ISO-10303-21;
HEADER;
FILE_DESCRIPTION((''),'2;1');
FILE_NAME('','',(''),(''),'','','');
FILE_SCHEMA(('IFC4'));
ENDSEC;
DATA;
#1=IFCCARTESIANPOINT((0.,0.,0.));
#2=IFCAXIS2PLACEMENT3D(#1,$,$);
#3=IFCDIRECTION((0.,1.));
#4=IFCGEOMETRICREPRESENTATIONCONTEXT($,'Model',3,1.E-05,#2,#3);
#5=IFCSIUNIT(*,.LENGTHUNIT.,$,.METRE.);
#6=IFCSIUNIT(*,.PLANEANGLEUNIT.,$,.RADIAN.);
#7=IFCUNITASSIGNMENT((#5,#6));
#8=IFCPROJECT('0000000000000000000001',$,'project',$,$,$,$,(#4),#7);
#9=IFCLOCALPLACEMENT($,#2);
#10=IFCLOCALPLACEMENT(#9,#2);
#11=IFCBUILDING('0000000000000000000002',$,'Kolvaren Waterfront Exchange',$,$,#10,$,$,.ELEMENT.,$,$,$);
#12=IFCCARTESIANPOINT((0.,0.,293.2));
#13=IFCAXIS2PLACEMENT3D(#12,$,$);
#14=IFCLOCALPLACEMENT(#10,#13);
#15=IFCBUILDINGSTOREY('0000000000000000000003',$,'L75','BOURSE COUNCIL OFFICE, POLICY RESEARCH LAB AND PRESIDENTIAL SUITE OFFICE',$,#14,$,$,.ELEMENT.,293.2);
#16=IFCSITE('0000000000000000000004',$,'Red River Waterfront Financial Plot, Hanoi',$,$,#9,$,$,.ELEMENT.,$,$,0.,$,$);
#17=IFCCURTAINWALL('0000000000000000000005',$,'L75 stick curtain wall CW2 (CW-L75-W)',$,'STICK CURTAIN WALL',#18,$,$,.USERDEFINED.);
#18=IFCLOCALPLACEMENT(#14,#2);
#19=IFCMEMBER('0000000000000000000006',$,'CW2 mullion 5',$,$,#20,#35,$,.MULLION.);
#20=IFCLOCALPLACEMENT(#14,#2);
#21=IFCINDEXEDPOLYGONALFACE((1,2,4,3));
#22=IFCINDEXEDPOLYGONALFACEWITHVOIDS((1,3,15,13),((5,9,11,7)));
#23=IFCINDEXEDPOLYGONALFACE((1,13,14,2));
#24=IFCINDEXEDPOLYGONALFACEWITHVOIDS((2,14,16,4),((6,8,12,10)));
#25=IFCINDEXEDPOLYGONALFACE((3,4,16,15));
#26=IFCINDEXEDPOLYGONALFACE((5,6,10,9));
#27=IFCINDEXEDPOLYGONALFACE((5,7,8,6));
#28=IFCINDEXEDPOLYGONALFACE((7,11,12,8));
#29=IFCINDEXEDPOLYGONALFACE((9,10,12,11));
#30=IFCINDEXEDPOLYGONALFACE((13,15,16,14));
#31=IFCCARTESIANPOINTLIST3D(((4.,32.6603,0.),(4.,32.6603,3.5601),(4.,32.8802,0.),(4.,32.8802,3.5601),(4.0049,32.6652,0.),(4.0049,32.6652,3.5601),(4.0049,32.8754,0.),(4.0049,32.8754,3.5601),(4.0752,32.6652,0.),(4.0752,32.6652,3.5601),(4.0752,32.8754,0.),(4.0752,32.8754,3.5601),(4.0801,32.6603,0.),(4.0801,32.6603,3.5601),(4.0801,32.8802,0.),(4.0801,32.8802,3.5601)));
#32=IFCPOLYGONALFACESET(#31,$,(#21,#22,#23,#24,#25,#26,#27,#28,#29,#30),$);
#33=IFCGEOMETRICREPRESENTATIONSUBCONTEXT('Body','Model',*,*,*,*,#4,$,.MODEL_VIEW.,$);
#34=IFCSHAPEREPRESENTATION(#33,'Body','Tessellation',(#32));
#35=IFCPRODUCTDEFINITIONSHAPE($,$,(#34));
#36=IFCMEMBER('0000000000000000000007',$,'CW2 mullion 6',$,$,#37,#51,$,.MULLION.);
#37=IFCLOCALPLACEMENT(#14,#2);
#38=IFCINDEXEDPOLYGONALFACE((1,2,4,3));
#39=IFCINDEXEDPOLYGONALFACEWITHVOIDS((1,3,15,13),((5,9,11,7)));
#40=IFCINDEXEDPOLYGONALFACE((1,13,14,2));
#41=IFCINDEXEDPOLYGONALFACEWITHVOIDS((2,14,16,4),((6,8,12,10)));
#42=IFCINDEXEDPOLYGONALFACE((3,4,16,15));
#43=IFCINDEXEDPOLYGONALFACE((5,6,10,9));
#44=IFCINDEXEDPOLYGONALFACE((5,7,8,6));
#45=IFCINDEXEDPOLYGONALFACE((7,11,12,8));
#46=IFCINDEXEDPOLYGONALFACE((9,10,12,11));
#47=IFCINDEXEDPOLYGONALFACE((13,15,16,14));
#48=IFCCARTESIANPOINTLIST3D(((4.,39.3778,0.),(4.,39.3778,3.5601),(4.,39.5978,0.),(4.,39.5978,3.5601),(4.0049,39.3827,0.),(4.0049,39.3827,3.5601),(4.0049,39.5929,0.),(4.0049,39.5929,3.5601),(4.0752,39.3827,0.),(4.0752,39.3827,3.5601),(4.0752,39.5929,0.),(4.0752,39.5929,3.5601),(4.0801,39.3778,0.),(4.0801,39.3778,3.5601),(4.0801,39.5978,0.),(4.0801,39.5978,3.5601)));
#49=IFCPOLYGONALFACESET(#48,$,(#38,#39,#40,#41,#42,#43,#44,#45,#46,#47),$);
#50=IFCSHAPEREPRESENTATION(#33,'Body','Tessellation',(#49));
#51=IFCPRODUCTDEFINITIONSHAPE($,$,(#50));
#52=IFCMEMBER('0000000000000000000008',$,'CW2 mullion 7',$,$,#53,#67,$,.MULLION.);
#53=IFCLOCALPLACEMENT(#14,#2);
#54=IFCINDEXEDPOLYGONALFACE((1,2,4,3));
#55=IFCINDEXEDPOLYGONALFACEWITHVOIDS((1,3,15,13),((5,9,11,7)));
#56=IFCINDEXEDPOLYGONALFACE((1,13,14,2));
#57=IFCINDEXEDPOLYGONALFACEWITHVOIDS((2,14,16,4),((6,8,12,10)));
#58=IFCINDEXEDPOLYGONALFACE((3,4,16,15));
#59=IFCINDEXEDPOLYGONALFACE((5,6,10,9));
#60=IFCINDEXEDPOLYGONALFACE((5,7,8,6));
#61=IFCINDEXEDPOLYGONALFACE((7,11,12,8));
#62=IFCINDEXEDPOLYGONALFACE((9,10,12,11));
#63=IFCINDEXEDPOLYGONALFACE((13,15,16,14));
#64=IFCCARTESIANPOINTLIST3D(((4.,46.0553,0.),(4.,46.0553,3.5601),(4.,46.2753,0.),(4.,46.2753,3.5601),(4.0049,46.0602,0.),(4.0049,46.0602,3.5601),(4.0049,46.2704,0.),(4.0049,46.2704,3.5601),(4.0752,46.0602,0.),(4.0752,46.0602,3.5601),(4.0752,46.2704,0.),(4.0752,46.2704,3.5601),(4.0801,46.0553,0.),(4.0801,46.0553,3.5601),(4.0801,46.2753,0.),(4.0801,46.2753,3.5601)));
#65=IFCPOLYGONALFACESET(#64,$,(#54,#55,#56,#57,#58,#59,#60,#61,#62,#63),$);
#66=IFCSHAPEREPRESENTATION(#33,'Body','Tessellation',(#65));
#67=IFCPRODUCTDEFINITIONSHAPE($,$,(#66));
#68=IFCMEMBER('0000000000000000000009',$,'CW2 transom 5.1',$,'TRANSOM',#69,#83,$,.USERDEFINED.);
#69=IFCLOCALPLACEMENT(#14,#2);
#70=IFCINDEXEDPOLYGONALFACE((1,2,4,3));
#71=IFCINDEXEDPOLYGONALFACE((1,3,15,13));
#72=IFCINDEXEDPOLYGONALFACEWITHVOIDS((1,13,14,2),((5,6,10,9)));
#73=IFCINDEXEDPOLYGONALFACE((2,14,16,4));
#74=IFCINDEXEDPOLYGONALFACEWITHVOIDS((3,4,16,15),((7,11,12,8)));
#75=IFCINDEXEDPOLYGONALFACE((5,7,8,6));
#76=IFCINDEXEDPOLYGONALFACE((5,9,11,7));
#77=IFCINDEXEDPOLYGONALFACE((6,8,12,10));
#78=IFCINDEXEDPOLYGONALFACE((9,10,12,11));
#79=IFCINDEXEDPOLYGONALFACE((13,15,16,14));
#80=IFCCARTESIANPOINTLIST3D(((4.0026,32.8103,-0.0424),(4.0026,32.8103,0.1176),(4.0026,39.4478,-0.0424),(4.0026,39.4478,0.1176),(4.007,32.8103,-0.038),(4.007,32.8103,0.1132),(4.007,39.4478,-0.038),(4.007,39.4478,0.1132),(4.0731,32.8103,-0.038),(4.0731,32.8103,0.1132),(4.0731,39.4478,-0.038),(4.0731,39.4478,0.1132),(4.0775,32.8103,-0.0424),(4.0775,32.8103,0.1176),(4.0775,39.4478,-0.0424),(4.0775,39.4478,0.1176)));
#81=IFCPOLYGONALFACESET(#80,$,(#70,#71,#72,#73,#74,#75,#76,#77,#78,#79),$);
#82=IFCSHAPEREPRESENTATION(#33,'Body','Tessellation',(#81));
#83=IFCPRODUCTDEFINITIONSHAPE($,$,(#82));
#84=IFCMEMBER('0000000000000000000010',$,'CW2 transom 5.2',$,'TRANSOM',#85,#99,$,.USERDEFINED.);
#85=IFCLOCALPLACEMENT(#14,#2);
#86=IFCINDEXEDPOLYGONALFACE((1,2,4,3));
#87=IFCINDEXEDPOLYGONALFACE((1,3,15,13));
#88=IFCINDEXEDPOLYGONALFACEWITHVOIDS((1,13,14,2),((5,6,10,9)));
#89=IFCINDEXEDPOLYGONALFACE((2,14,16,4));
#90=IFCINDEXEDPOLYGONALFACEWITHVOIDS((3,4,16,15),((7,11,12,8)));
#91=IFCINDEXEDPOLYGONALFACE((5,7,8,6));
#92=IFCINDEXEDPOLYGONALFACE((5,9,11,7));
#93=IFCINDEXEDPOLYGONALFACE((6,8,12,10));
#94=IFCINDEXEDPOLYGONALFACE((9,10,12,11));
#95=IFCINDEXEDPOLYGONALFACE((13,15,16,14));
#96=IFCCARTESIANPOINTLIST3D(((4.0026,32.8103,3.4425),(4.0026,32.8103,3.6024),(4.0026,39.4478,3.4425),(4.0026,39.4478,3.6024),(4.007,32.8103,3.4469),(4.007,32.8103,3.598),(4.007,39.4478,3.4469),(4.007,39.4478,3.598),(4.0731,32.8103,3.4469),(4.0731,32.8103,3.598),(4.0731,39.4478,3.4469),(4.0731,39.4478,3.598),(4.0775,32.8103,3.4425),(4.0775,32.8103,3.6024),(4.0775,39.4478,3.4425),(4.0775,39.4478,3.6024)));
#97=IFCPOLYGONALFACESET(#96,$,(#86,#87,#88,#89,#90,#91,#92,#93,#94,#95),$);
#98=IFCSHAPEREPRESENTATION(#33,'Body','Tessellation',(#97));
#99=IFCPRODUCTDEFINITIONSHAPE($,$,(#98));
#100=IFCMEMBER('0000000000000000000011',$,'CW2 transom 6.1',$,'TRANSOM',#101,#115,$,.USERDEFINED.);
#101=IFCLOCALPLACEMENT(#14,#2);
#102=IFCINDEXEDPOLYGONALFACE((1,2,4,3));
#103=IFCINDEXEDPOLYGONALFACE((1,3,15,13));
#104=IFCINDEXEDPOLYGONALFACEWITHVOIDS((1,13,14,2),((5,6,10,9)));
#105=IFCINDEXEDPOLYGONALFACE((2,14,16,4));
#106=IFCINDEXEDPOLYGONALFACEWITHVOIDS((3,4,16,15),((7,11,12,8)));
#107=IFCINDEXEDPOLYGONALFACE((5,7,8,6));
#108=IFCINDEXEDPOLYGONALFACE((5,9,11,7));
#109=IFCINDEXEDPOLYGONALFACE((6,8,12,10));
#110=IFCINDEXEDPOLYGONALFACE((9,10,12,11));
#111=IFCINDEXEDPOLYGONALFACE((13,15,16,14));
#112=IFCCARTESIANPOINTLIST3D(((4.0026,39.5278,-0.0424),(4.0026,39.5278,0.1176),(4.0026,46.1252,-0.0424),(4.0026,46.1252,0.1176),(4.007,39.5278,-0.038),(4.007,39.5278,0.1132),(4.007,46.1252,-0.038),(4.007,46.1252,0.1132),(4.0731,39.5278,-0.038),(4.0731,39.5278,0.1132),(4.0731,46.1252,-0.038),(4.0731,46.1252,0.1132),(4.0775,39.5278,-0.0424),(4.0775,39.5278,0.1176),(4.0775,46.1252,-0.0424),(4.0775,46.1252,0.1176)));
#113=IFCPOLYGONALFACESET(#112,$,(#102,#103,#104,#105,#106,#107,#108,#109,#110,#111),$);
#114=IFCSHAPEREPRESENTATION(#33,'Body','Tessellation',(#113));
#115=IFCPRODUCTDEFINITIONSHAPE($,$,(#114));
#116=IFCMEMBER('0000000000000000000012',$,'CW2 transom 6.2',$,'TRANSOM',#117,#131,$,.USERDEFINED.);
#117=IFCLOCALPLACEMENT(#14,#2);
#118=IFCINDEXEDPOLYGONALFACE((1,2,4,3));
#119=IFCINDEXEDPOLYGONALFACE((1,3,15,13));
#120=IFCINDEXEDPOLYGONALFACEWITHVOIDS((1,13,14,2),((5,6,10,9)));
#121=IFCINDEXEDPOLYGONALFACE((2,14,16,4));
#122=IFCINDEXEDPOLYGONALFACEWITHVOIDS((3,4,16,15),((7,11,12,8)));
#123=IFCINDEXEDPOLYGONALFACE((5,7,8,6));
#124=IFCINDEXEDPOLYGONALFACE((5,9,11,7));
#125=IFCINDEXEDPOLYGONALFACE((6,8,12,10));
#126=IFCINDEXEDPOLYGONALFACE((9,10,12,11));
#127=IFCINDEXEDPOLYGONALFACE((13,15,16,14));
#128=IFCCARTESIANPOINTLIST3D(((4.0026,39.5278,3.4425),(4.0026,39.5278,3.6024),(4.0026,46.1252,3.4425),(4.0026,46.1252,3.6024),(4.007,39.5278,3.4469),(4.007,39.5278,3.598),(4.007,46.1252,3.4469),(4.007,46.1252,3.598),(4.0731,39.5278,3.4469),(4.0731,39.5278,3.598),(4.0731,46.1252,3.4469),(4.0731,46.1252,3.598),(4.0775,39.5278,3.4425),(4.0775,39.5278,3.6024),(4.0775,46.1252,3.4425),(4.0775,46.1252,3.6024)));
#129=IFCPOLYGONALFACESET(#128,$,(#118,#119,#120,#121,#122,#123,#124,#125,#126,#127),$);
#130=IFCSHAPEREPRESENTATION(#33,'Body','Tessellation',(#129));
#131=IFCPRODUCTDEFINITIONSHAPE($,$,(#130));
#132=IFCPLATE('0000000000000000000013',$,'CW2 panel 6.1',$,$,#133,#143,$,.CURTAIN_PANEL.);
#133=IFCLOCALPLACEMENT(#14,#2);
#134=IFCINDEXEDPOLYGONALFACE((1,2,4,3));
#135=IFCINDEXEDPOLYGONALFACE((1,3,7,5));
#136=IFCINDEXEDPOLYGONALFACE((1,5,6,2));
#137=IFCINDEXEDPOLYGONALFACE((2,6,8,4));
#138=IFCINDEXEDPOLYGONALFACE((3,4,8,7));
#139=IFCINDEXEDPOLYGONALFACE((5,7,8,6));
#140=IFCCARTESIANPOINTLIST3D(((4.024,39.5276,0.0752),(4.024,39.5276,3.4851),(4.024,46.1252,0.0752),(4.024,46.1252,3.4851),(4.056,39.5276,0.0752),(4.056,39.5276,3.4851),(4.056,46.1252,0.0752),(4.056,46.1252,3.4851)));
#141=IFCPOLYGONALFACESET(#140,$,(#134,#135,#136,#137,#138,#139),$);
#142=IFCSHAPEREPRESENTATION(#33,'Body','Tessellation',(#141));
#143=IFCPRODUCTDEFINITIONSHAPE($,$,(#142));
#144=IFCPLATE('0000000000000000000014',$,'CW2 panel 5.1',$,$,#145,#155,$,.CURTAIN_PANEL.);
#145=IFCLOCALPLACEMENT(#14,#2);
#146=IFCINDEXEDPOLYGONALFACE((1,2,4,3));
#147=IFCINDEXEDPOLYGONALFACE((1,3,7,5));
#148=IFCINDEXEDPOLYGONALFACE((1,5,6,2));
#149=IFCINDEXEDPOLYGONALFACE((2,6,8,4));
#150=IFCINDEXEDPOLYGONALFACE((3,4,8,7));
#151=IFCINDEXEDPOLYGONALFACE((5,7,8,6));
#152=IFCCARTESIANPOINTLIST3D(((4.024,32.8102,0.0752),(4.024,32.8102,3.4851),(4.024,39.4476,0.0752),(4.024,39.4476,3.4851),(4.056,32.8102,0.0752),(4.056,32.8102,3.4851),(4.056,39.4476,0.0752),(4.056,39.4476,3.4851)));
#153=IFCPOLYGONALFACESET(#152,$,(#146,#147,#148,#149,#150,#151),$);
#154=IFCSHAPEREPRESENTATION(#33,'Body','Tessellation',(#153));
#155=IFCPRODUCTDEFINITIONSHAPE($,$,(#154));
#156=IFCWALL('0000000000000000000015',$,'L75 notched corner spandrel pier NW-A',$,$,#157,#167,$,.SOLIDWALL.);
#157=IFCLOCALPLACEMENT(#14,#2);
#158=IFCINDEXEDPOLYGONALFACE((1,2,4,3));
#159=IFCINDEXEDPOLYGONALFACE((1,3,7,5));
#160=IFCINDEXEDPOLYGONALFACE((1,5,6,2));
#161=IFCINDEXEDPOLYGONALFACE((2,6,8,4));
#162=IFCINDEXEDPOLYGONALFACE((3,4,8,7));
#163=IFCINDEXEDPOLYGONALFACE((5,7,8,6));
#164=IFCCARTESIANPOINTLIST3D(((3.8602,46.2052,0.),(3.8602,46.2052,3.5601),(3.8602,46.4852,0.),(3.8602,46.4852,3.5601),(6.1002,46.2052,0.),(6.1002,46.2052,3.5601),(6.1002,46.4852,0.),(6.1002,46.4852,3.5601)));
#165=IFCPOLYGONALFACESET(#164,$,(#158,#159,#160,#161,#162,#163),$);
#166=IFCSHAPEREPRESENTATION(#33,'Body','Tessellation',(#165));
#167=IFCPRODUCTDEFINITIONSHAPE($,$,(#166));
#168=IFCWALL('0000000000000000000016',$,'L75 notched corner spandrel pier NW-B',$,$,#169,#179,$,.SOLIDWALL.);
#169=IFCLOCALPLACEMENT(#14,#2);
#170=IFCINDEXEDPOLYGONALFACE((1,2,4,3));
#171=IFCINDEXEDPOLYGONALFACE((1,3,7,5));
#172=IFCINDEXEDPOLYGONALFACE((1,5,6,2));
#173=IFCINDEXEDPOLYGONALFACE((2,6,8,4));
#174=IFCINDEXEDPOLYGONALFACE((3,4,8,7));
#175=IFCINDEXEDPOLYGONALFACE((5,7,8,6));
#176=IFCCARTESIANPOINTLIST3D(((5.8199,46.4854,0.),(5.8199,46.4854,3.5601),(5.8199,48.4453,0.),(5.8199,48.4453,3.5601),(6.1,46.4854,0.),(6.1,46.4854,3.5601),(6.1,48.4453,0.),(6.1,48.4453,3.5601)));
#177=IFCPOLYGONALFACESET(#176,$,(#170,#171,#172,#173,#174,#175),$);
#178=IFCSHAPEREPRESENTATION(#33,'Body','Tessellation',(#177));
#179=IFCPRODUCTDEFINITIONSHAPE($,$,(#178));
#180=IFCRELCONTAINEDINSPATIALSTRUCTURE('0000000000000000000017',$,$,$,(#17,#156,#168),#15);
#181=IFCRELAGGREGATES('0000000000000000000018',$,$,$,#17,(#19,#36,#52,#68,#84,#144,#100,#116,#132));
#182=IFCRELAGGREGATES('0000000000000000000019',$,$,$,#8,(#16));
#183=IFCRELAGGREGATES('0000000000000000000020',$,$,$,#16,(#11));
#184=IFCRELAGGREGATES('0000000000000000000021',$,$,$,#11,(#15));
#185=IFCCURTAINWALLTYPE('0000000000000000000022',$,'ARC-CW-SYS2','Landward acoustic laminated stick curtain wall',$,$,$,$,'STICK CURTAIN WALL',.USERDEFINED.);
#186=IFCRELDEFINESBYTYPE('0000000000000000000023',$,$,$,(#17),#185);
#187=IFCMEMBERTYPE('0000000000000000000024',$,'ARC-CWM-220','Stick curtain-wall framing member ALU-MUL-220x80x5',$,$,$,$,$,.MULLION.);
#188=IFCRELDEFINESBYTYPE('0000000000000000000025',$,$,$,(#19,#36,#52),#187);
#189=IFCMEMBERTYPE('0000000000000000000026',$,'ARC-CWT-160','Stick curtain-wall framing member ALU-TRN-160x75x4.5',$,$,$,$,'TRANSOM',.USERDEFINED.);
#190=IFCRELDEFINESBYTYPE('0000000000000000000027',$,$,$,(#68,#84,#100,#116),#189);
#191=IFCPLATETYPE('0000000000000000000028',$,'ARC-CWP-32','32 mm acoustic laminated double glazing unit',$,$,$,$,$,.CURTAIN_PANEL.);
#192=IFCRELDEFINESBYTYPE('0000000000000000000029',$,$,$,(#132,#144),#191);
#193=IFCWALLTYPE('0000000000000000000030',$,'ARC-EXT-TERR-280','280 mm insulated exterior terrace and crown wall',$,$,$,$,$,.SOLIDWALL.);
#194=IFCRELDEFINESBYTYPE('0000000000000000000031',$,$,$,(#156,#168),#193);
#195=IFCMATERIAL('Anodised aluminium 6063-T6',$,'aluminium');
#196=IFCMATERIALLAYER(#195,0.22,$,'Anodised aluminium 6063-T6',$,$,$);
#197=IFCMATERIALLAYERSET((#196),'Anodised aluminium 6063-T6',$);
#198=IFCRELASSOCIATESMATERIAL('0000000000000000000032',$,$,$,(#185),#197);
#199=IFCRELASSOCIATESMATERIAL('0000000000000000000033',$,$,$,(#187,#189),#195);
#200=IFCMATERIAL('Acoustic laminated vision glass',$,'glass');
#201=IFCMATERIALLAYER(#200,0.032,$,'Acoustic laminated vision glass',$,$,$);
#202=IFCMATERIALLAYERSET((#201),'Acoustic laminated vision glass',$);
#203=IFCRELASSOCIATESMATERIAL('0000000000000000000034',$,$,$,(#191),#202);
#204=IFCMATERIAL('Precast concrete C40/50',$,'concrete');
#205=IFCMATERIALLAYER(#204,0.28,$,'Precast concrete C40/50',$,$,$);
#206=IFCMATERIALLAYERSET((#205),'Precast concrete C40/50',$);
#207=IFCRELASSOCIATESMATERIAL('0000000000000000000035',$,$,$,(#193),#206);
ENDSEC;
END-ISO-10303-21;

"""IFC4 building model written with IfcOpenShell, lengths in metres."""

from ifc_helpers import new_model, si_unit, direction, frame, frame_2d, origin, origin_with_axes, origin_2d, place, context, subcontext, project, spatial, rectangle, hollow_rectangle, extrude, source, transform, mapped, material, layer, layer_set, material_profile, profile_set, type_object, element, aggregate, save


model = new_model("IFC4")

# Units and contexts
model_context = context("Model", 3, precision=1e-05, world=origin(), true_north=direction((0.0, 1.0)))
body_context = subcontext(model_context, "Body", "Model", "MODEL_VIEW")
ifc_project = project(units=[si_unit("LENGTHUNIT", "METRE"), si_unit("PLANEANGLEUNIT", "RADIAN")], contexts=[model_context])

# Site, building, storey
site_placement = place(None, origin())
site = spatial("IfcSite", under=ifc_project, at=site_placement, Name="Red River Waterfront Financial Plot, Hanoi", CompositionType="ELEMENT", RefElevation=0.0)
building_placement = place(site_placement, origin())
building = spatial("IfcBuilding", under=site, at=building_placement, Name="Kolvaren Waterfront Exchange", CompositionType="ELEMENT")
storey_placement = place(building_placement, frame((0.0, 0.0, 293.2)))
storey = spatial("IfcBuildingStorey", under=building, at=storey_placement, Name="L75", Description="BOURSE COUNCIL OFFICE, POLICY RESEARCH LAB AND PRESIDENTIAL SUITE OFFICE", CompositionType="ELEMENT", Elevation=293.2)

# Curtain wall, members, plates
ifc_material_1 = material(Name="Anodised aluminium 6063-T6", Category="aluminium")
ifc_layer_1 = layer(ifc_material_1, 0.22, Name="Anodised aluminium 6063-T6")
ifc_layer_set_1 = layer_set([ifc_layer_1], Name="Anodised aluminium 6063-T6")
curtain_wall_type = type_object("IfcCurtainWallType", Name="ARC-CW-SYS2", Description="Landward acoustic laminated stick curtain wall", ElementType="STICK CURTAIN WALL", PredefinedType="USERDEFINED", material=ifc_layer_set_1)
curtain_wall_placement = place(storey_placement, origin())
curtain_wall = element("IfcCurtainWall", 1, at=curtain_wall_placement, inside=storey, type_object=curtain_wall_type, Name="L75 stick curtain wall CW2 (CW-L75-W)", ObjectType="STICK CURTAIN WALL", PredefinedType="USERDEFINED")
ifc_material_profile_1 = material_profile(ifc_material_1, hollow_rectangle(XDim=0.0801, YDim=0.22, WallThickness=0.0049, at=origin_2d()), Name="ALU-MUL-220x80x5")
ifc_profile_set_1 = profile_set([ifc_material_profile_1], Name="Anodised aluminium 6063-T6")
member_type_1 = type_object("IfcMemberType", Name="ARC-CWM-220", Description="Stick curtain-wall framing member ALU-MUL-220x80x5", PredefinedType="MULLION", material=ifc_profile_set_1)
shared_shape_1 = source(origin_with_axes(), body_context, "Body", "SweptSolid", [
    extrude(hollow_rectangle(XDim=0.0801, YDim=0.22, WallThickness=0.0049, at=origin_2d()), origin(), (0.0, 0.0, 1.0), 3.5601),
])
member_1_placement = place(storey_placement, frame((4.04, 32.7703, 0.0), z_axis=(0.0, 0.0, 1.0), x_axis=(-1.0, 0.0, 0.0)))
member_1 = element("IfcMember", 2, at=member_1_placement, type_object=member_type_1, Name="CW2 mullion 5", PredefinedType="MULLION", context=body_context, shape_type="MappedRepresentation", body=[
    mapped(shared_shape_1, transform((0.0, 0.0, 0.0), x_axis=(1.0, 0.0, 0.0), y_axis=(0.0, 1.0, 0.0), z_axis=(0.0, 0.0, 1.0), scale=1.0)),
])
member_2_placement = place(storey_placement, frame((4.04, 39.4878, 0.0), z_axis=(0.0, 0.0, 1.0), x_axis=(-1.0, 0.0, 0.0)))
member_2 = element("IfcMember", 3, at=member_2_placement, type_object=member_type_1, Name="CW2 mullion 6", PredefinedType="MULLION", context=body_context, shape_type="MappedRepresentation", body=[
    mapped(shared_shape_1, transform((0.0, 0.0, 0.0), x_axis=(1.0, 0.0, 0.0), y_axis=(0.0, 1.0, 0.0), z_axis=(0.0, 0.0, 1.0), scale=1.0)),
])
member_3_placement = place(storey_placement, frame((4.04, 46.1653, 0.0), z_axis=(0.0, 0.0, 1.0), x_axis=(-1.0, 0.0, 0.0)))
member_3 = element("IfcMember", 4, at=member_3_placement, type_object=member_type_1, Name="CW2 mullion 7", PredefinedType="MULLION", context=body_context, shape_type="MappedRepresentation", body=[
    mapped(shared_shape_1, transform((0.0, 0.0, 0.0), x_axis=(1.0, 0.0, 0.0), y_axis=(0.0, 1.0, 0.0), z_axis=(0.0, 0.0, 1.0), scale=1.0)),
])
ifc_material_profile_2 = material_profile(ifc_material_1, hollow_rectangle(XDim=0.075, YDim=0.1599, WallThickness=0.0044, at=origin_2d()), Name="ALU-TRN-160x75x4.5")
ifc_profile_set_2 = profile_set([ifc_material_profile_2], Name="Anodised aluminium 6063-T6")
member_type_2 = type_object("IfcMemberType", Name="ARC-CWT-160", Description="Stick curtain-wall framing member ALU-TRN-160x75x4.5", ElementType="TRANSOM", PredefinedType="USERDEFINED", material=ifc_profile_set_2)
shared_shape_2 = source(origin_with_axes(), body_context, "Body", "SweptSolid", [
    extrude(hollow_rectangle(XDim=0.075, YDim=0.1599, WallThickness=0.0044, at=origin_2d()), origin(), (0.0, 0.0, 1.0), 6.6375),
])
member_4_placement = place(storey_placement, frame((4.04, 32.8103, 0.0376), z_axis=(0.0, 1.0, 0.0), x_axis=(-1.0, 0.0, 0.0)))
member_4 = element("IfcMember", 5, at=member_4_placement, type_object=member_type_2, Name="CW2 transom 5.1", ObjectType="TRANSOM", PredefinedType="USERDEFINED", context=body_context, shape_type="MappedRepresentation", body=[
    mapped(shared_shape_2, transform((0.0, 0.0, 0.0), x_axis=(1.0, 0.0, 0.0), y_axis=(0.0, 1.0, 0.0), z_axis=(0.0, 0.0, 1.0), scale=1.0)),
])
member_5_placement = place(storey_placement, frame((4.04, 32.8103, 3.5225), z_axis=(0.0, 1.0, 0.0), x_axis=(-1.0, 0.0, 0.0)))
member_5 = element("IfcMember", 6, at=member_5_placement, type_object=member_type_2, Name="CW2 transom 5.2", ObjectType="TRANSOM", PredefinedType="USERDEFINED", context=body_context, shape_type="MappedRepresentation", body=[
    mapped(shared_shape_2, transform((0.0, 0.0, 0.0), x_axis=(1.0, 0.0, 0.0), y_axis=(0.0, 1.0, 0.0), z_axis=(0.0, 0.0, 1.0), scale=1.0)),
])
shared_shape_3 = source(origin_with_axes(), body_context, "Body", "SweptSolid", [
    extrude(hollow_rectangle(XDim=0.075, YDim=0.1599, WallThickness=0.0044, at=origin_2d()), origin(), (0.0, 0.0, 1.0), 6.5974),
])
member_6_placement = place(storey_placement, frame((4.04, 39.5278, 0.0376), z_axis=(0.0, 1.0, 0.0), x_axis=(-1.0, 0.0, 0.0)))
member_6 = element("IfcMember", 7, at=member_6_placement, type_object=member_type_2, Name="CW2 transom 6.1", ObjectType="TRANSOM", PredefinedType="USERDEFINED", context=body_context, shape_type="MappedRepresentation", body=[
    mapped(shared_shape_3, transform((0.0, 0.0, 0.0), x_axis=(1.0, 0.0, 0.0), y_axis=(0.0, 1.0, 0.0), z_axis=(0.0, 0.0, 1.0), scale=1.0)),
])
member_7_placement = place(storey_placement, frame((4.04, 39.5278, 3.5225), z_axis=(0.0, 1.0, 0.0), x_axis=(-1.0, 0.0, 0.0)))
member_7 = element("IfcMember", 8, at=member_7_placement, type_object=member_type_2, Name="CW2 transom 6.2", ObjectType="TRANSOM", PredefinedType="USERDEFINED", context=body_context, shape_type="MappedRepresentation", body=[
    mapped(shared_shape_3, transform((0.0, 0.0, 0.0), x_axis=(1.0, 0.0, 0.0), y_axis=(0.0, 1.0, 0.0), z_axis=(0.0, 0.0, 1.0), scale=1.0)),
])
ifc_material_2 = material(Name="Acoustic laminated vision glass", Category="glass")
ifc_layer_2 = layer(ifc_material_2, 0.032, Name="Acoustic laminated vision glass")
ifc_layer_set_2 = layer_set([ifc_layer_2], Name="Acoustic laminated vision glass")
plate_type = type_object("IfcPlateType", Name="ARC-CWP-32", Description="32 mm acoustic laminated double glazing unit", PredefinedType="CURTAIN_PANEL", material=ifc_layer_set_2)
shared_shape_4 = source(origin_with_axes(), body_context, "Body", "SweptSolid", [
    extrude(rectangle(XDim=6.5977, YDim=0.032, at=origin_2d()), origin(), (0.0, 0.0, 1.0), 3.4099),
])
plate_1_placement = place(storey_placement, frame((4.04, 42.8264, 0.0752), z_axis=(0.0, 0.0, 1.0), x_axis=(0.0, 1.0, 0.0)))
plate_1 = element("IfcPlate", 9, at=plate_1_placement, type_object=plate_type, Name="CW2 panel 6.1", PredefinedType="CURTAIN_PANEL", context=body_context, shape_type="MappedRepresentation", body=[
    mapped(shared_shape_4, transform((0.0, 0.0, 0.0), x_axis=(1.0, 0.0, 0.0), y_axis=(0.0, 1.0, 0.0), z_axis=(0.0, 0.0, 1.0), scale=1.0)),
])
shared_shape_5 = source(origin_with_axes(), body_context, "Body", "SweptSolid", [
    extrude(rectangle(XDim=6.6375, YDim=0.032, at=origin_2d()), origin(), (0.0, 0.0, 1.0), 3.4099),
])
plate_2_placement = place(storey_placement, frame((4.04, 36.1289, 0.0752), z_axis=(0.0, 0.0, 1.0), x_axis=(0.0, 1.0, 0.0)))
plate_2 = element("IfcPlate", 10, at=plate_2_placement, type_object=plate_type, Name="CW2 panel 5.1", PredefinedType="CURTAIN_PANEL", context=body_context, shape_type="MappedRepresentation", body=[
    mapped(shared_shape_5, transform((0.0, 0.0, 0.0), x_axis=(1.0, 0.0, 0.0), y_axis=(0.0, 1.0, 0.0), z_axis=(0.0, 0.0, 1.0), scale=1.0)),
])
aggregate(curtain_wall, [member_1, member_2, member_3, member_4, member_5, plate_2, member_6, member_7, plate_1])

# Walls
ifc_material_3 = material(Name="Precast concrete C40/50", Category="concrete")
ifc_layer_3 = layer(ifc_material_3, 0.28, Name="Precast concrete C40/50")
ifc_layer_set_3 = layer_set([ifc_layer_3], Name="Precast concrete C40/50")
wall_type_1 = type_object("IfcWallType", Name="ARC-EXT-TERR-280", Description="280 mm insulated exterior terrace and crown wall", PredefinedType="SOLIDWALL", material=ifc_layer_set_3)
wall_1_placement = place(storey_placement, frame((3.8601, 46.3452, 0.0), z_axis=(0.0, 0.0, 1.0), x_axis=(1.0, 0.0, 0.0)))
element("IfcWall", 11, at=wall_1_placement, inside=storey, type_object=wall_type_1, Name="L75 notched corner spandrel pier NW-A", PredefinedType="SOLIDWALL", context=body_context, shape_type="SweptSolid", body=[
    extrude(rectangle(XDim=2.24, YDim=0.28, at=frame_2d((1.1201, 0.0))), origin(), (0.0, 0.0, 1.0), 3.5601),
])
wall_2_placement = place(storey_placement, frame((5.96, 46.4854, 0.0), z_axis=(0.0, 0.0, 1.0), x_axis=(0.0, 1.0, 0.0)))
element("IfcWall", 12, at=wall_2_placement, inside=storey, type_object=wall_type_1, Name="L75 notched corner spandrel pier NW-B", PredefinedType="SOLIDWALL", context=body_context, shape_type="SweptSolid", body=[
    extrude(rectangle(XDim=1.96, YDim=0.28, at=frame_2d((0.98, 0.0))), origin(), (0.0, 0.0, 1.0), 3.5601),
])

save(model, "model.ifc")
